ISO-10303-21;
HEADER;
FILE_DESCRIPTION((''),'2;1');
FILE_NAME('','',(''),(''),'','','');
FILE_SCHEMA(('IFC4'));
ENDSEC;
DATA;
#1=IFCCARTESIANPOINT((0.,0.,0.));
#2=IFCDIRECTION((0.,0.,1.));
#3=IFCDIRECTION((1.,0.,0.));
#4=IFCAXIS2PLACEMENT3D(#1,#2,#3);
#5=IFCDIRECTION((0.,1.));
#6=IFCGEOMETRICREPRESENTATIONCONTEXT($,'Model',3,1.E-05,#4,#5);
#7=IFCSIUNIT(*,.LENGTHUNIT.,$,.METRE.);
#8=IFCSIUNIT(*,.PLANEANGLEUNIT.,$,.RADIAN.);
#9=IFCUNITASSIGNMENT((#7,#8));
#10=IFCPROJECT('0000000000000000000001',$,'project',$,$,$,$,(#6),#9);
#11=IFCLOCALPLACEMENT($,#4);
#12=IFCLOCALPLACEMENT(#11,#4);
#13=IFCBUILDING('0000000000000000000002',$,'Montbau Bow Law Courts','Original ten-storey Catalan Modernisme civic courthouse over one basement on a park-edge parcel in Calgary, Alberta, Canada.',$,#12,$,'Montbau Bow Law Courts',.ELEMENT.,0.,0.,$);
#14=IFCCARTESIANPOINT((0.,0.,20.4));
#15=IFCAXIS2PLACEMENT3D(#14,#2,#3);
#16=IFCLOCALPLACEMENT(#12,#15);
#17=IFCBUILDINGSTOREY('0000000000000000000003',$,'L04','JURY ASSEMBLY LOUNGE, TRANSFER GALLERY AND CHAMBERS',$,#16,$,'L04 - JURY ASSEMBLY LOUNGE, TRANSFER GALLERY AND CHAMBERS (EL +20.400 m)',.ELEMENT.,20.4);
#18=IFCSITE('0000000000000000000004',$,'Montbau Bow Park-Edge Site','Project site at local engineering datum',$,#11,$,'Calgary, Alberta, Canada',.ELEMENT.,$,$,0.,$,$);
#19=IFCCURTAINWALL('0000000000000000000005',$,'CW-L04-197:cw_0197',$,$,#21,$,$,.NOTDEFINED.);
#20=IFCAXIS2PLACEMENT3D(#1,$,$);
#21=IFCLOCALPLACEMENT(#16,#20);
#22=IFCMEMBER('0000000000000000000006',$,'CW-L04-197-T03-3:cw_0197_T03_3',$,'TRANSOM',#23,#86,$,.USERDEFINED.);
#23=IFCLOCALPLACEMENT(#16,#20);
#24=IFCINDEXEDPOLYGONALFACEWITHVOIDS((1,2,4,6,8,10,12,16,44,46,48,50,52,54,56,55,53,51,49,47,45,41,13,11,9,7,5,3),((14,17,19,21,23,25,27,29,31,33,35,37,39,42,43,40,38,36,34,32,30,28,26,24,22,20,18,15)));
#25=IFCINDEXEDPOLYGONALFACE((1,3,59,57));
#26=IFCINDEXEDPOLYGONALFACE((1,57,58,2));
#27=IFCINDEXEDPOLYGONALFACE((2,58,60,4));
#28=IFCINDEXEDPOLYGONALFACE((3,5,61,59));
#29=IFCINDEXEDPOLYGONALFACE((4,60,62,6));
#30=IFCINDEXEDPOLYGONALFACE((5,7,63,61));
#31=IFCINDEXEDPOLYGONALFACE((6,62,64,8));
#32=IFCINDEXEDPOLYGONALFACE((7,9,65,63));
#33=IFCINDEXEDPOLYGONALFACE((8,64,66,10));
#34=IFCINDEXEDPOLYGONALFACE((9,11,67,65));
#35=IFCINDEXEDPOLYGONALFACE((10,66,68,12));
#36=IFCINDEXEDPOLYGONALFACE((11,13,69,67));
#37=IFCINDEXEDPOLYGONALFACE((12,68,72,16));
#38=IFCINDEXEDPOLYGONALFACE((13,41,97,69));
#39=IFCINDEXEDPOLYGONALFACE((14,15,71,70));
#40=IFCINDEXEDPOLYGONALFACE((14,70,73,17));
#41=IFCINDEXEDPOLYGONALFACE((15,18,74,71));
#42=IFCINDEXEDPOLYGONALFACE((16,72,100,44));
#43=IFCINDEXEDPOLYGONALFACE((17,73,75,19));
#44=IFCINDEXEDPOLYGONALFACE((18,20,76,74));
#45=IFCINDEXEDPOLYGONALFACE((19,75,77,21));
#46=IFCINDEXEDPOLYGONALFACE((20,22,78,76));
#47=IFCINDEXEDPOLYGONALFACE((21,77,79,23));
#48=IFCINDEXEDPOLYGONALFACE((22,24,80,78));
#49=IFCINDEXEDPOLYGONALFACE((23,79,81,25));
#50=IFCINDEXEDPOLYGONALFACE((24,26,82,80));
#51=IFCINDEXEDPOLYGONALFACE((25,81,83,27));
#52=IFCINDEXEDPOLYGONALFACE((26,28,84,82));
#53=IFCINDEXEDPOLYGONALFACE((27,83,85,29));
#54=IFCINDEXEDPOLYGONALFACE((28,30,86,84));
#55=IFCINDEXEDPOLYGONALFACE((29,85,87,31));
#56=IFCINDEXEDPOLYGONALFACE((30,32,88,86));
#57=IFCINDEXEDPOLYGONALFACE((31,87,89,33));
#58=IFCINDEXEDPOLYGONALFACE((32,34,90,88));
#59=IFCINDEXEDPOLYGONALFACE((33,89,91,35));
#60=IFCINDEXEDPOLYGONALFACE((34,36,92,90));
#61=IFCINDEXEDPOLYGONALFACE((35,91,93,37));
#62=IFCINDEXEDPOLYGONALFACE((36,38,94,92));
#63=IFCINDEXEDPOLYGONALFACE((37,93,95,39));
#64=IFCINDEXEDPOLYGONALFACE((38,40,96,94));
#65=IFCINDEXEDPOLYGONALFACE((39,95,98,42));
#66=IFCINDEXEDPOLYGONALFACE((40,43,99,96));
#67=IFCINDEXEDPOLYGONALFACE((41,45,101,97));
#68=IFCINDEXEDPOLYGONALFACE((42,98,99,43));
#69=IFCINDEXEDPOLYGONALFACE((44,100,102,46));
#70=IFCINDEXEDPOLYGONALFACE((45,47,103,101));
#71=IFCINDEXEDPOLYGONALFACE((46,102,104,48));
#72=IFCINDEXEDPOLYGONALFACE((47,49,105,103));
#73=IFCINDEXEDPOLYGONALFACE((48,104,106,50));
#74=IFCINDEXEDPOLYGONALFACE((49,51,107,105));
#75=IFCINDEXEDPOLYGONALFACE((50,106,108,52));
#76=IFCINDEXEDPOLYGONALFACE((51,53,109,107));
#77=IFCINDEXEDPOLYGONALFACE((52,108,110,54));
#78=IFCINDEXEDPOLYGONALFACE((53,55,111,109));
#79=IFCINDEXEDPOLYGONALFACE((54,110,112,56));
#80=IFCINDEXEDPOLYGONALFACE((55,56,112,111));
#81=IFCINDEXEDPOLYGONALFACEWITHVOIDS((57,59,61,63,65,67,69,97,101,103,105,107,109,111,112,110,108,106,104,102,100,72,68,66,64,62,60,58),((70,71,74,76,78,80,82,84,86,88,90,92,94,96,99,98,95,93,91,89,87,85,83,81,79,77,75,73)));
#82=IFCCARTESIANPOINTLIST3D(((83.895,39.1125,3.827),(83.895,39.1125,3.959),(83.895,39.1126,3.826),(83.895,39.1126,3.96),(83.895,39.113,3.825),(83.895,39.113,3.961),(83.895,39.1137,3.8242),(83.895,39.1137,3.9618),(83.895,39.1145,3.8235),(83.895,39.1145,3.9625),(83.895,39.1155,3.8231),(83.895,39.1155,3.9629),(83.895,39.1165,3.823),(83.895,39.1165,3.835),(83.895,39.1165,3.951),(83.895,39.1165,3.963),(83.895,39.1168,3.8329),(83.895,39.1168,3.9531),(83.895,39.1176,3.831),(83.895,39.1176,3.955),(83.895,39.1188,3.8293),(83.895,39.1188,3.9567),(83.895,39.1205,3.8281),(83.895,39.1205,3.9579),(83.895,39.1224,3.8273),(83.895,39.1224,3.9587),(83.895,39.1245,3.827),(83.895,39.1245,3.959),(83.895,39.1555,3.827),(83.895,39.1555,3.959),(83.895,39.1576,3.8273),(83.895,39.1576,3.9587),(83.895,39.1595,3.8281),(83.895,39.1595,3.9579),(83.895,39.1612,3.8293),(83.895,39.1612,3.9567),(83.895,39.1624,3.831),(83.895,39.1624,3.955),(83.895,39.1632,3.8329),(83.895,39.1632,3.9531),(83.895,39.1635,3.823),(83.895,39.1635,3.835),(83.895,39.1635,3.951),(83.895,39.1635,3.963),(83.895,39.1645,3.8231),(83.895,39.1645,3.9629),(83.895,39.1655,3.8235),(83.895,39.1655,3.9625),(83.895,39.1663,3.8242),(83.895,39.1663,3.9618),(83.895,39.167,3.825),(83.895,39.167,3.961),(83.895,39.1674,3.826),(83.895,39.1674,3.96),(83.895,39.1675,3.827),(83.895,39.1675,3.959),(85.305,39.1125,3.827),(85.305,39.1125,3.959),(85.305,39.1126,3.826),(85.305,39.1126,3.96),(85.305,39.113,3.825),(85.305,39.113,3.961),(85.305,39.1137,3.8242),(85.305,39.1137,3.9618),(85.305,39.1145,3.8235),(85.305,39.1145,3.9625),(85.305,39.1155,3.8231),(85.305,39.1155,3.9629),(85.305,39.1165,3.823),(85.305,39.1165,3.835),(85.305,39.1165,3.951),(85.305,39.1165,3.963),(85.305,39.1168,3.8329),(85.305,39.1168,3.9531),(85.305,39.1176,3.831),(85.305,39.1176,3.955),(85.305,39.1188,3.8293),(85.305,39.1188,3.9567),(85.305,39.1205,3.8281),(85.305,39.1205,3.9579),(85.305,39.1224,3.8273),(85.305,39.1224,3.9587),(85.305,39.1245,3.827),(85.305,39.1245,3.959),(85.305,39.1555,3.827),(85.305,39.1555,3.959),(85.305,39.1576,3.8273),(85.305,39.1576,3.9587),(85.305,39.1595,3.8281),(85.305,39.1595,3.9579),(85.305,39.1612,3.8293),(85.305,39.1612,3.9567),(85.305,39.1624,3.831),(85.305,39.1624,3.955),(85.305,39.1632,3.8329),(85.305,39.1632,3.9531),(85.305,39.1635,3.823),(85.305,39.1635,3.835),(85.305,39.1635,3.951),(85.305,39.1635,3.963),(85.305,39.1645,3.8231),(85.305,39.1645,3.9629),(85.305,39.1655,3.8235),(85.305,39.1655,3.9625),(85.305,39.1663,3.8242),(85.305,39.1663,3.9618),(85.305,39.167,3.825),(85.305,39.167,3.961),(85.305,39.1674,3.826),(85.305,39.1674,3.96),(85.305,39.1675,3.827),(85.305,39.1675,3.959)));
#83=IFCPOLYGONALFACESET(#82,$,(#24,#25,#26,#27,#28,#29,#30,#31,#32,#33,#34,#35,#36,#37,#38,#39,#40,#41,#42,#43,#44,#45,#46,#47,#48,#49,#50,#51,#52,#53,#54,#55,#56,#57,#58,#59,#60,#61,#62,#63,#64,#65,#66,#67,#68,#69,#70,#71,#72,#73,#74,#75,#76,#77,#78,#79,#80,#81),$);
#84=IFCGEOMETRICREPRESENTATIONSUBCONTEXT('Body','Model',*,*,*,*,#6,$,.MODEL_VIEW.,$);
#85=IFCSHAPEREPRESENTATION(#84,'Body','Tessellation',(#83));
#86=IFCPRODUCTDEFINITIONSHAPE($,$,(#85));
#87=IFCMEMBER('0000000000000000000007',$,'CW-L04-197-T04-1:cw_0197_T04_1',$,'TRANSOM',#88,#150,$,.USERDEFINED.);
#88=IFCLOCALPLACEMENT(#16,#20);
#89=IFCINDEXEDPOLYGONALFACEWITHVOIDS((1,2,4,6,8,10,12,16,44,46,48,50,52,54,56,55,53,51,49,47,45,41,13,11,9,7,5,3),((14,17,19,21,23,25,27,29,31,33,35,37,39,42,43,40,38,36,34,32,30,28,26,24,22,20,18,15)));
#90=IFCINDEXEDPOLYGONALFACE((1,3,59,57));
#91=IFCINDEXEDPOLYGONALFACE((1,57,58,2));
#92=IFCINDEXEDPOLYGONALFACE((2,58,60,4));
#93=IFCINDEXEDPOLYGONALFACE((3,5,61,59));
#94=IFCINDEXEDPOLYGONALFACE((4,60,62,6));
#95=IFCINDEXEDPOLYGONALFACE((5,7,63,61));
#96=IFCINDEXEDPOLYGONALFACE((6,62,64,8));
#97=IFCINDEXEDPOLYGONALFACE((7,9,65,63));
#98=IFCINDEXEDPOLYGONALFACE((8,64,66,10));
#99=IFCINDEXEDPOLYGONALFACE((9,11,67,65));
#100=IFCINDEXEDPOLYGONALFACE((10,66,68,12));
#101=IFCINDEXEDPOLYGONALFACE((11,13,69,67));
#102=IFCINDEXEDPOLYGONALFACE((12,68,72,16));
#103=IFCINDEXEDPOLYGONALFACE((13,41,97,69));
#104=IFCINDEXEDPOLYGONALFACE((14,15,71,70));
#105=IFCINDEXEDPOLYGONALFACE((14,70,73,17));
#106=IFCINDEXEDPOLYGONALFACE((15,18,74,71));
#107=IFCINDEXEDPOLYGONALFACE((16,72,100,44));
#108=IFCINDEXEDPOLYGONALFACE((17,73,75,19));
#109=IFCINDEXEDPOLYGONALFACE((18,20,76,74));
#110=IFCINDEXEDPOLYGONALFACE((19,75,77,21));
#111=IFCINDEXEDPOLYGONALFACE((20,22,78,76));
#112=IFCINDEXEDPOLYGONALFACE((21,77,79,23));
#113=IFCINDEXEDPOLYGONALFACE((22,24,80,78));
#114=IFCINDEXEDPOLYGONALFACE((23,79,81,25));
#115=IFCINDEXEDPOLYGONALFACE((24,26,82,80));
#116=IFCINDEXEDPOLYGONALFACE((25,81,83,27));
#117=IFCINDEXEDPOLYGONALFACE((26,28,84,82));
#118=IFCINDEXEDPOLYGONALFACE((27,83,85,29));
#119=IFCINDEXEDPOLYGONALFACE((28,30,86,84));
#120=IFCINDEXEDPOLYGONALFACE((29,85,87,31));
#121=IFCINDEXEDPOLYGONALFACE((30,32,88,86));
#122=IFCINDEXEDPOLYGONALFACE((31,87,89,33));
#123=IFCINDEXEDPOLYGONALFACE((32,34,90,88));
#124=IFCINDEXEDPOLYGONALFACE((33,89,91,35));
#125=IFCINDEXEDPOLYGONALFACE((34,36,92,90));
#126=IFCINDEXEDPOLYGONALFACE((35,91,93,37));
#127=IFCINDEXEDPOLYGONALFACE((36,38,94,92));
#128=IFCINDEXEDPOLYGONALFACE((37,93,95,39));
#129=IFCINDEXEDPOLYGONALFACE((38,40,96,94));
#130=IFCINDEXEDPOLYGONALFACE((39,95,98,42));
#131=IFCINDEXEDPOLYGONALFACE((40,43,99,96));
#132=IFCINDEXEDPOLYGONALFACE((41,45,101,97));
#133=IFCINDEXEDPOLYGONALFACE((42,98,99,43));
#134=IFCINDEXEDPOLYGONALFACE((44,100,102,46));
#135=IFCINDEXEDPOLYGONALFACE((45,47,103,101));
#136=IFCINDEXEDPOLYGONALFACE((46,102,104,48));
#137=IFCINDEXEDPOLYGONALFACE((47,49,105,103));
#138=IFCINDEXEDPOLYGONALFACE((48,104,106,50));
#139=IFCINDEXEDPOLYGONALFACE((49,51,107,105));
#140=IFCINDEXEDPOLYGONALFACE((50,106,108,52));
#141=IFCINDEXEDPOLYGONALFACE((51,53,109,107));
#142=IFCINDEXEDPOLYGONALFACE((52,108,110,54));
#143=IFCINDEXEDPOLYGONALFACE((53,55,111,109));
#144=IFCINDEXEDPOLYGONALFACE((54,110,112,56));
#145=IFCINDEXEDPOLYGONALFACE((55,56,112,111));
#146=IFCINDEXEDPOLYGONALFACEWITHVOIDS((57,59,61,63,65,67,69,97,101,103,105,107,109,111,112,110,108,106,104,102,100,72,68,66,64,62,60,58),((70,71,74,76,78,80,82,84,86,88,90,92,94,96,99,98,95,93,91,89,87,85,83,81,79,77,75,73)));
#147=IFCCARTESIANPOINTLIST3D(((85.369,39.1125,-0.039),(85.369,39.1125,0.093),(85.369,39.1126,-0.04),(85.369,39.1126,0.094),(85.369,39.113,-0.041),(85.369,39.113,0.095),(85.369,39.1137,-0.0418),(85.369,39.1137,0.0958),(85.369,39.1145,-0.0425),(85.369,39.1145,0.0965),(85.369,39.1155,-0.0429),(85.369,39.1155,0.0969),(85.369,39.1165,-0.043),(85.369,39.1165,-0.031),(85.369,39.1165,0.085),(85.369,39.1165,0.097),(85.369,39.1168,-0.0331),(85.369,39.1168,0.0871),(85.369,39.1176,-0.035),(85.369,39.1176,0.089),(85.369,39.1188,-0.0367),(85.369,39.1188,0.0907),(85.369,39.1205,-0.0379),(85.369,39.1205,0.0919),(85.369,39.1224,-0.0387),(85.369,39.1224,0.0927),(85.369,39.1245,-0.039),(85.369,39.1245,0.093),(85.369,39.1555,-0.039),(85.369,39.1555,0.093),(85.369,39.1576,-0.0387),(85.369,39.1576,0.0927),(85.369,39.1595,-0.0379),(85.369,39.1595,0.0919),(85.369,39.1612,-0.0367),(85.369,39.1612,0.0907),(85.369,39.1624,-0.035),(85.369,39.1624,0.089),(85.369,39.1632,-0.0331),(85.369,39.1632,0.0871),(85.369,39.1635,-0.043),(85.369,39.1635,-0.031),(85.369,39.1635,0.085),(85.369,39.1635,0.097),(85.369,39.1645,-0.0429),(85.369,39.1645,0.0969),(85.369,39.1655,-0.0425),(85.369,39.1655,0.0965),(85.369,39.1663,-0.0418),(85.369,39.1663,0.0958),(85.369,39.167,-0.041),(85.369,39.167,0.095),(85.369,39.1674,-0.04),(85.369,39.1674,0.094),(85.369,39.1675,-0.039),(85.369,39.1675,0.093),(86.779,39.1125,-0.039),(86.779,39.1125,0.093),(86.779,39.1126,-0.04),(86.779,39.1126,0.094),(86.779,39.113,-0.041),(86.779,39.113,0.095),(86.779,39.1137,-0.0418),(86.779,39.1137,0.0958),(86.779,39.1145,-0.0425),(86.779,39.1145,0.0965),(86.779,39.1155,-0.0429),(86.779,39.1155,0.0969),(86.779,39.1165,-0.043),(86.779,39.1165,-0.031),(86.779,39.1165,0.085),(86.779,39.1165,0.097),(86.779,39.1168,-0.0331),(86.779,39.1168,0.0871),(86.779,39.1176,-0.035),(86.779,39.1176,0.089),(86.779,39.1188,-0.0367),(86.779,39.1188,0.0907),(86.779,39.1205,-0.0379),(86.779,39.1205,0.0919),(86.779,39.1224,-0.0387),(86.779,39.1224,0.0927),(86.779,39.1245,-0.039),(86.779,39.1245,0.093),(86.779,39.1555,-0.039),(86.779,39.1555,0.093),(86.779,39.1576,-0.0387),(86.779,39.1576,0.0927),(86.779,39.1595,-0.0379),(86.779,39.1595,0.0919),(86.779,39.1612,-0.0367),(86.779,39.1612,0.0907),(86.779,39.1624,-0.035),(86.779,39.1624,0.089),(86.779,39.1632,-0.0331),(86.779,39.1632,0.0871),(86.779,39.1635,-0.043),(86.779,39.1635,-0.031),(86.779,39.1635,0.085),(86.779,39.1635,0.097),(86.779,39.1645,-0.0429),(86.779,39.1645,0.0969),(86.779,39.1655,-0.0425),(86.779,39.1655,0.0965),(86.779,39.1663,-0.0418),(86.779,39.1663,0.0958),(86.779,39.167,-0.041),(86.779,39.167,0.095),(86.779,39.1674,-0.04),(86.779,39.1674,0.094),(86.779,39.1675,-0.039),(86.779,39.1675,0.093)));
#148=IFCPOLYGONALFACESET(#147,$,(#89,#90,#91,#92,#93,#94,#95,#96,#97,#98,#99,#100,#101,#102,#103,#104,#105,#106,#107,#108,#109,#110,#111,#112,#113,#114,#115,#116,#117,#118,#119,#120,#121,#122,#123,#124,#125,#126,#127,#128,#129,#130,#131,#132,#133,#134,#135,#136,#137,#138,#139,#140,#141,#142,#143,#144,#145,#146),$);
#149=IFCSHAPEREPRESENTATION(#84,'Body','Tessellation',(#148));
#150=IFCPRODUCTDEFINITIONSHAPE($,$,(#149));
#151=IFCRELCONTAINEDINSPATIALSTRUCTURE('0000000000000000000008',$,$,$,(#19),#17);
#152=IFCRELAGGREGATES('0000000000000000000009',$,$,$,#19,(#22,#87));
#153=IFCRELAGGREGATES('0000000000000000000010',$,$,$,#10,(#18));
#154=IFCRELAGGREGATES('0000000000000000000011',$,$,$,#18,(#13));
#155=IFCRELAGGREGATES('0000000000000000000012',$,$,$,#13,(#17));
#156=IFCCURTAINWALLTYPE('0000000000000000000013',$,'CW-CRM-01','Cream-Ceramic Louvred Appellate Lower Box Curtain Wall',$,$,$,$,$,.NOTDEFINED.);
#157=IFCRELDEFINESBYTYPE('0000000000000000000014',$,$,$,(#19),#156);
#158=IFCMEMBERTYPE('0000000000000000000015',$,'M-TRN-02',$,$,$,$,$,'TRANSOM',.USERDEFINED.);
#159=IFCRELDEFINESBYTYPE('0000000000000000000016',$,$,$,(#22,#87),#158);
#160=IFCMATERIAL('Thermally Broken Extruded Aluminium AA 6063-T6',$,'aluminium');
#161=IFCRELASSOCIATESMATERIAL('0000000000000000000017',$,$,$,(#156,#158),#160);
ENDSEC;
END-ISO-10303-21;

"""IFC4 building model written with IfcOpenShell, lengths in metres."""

from ifc_helpers import new_model, si_unit, direction, frame, origin_with_axes, origin_2d_with_axis, place, context, subcontext, project, spatial, hollow_rectangle, extrude, material, material_profile, profile_set, type_object, element, aggregate, save


model = new_model("IFC4")

# Units and contexts
model_context = context("Model", 3, precision=1e-05, world=origin_with_axes(), true_north=direction((0.0, 1.0)))
body_context = subcontext(model_context, "Body", "Model", "MODEL_VIEW")
ifc_project = project(units=[si_unit("LENGTHUNIT", "METRE"), si_unit("PLANEANGLEUNIT", "RADIAN")], contexts=[model_context])

# Site, building, storey
site_placement = place(None, origin_with_axes())
site = spatial("IfcSite", under=ifc_project, at=site_placement, Name="Montbau Bow Park-Edge Site", Description="Project site at local engineering datum", LongName="Calgary, Alberta, Canada", CompositionType="ELEMENT", RefElevation=0.0)
building_placement = place(site_placement, origin_with_axes())
building = spatial("IfcBuilding", under=site, at=building_placement, Name="Montbau Bow Law Courts", Description="Original ten-storey Catalan Modernisme civic courthouse over one basement on a park-edge parcel in Calgary, Alberta, Canada.", LongName="Montbau Bow Law Courts", CompositionType="ELEMENT", ElevationOfRefHeight=0.0, ElevationOfTerrain=0.0)
storey_placement = place(building_placement, frame((0.0, 0.0, 20.4), z_axis=(0.0, 0.0, 1.0), x_axis=(1.0, 0.0, 0.0)))
storey = spatial("IfcBuildingStorey", under=building, at=storey_placement, Name="L04", Description="JURY ASSEMBLY LOUNGE, TRANSFER GALLERY AND CHAMBERS", LongName="L04 - JURY ASSEMBLY LOUNGE, TRANSFER GALLERY AND CHAMBERS (EL +20.400 m)", CompositionType="ELEMENT", Elevation=20.4)

# Curtain wall, members
ifc_material_1 = material(Name="Thermally Broken Extruded Aluminium AA 6063-T6", Category="aluminium")
curtain_wall_type = type_object("IfcCurtainWallType", Name="CW-CRM-01", Description="Cream-Ceramic Louvred Appellate Lower Box Curtain Wall", PredefinedType="NOTDEFINED", material=ifc_material_1)
curtain_wall_placement = place(None, frame((80.915, 39.14, 20.4), z_axis=(0.0, 0.0, 1.0), x_axis=(1.0, 0.0, 0.0)))
curtain_wall = element("IfcCurtainWall", 1, at=curtain_wall_placement, inside=storey, type_object=curtain_wall_type, Name="CW-L04-197:cw_0197", PredefinedType="NOTDEFINED")
ifc_material_profile_1 = material_profile(ifc_material_1, hollow_rectangle(XDim=0.055, YDim=0.14, WallThickness=0.004, InnerFilletRadius=0.008, OuterFilletRadius=0.004, at=origin_2d_with_axis()), Name="CWT-140X55", Category="Main", Priority=0)
ifc_profile_set_1 = profile_set([ifc_material_profile_1], Name="Thermally Broken Extruded Aluminium AA 6063-T6")
member_type_1 = type_object("IfcMemberType", Name="M-TRN-02", ElementType="TRANSOM", PredefinedType="USERDEFINED", material=ifc_profile_set_1)
member_1_placement = place(None, frame((83.895, 39.14, 24.293), z_axis=(1.0, 0.0, 0.0), x_axis=(0.0, 1.0, 0.0)))
member_1 = element("IfcMember", 2, at=member_1_placement, type_object=member_type_1, Name="CW-L04-197-T03-3:cw_0197_T03_3", ObjectType="TRANSOM", PredefinedType="USERDEFINED", context=body_context, shape_type="SweptSolid", body=[
    extrude(hollow_rectangle(XDim=0.055, YDim=0.14, WallThickness=0.004, InnerFilletRadius=0.008, OuterFilletRadius=0.004, at=origin_2d_with_axis()), origin_with_axes(), (0.0, 0.0, 1.0), 1.41),
])
member_2_placement = place(None, frame((85.369, 39.14, 20.427), z_axis=(1.0, 0.0, 0.0), x_axis=(0.0, 1.0, 0.0)))
member_2 = element("IfcMember", 3, at=member_2_placement, type_object=member_type_1, Name="CW-L04-197-T04-1:cw_0197_T04_1", ObjectType="TRANSOM", PredefinedType="USERDEFINED", context=body_context, shape_type="SweptSolid", body=[
    extrude(hollow_rectangle(XDim=0.055, YDim=0.14, WallThickness=0.004, InnerFilletRadius=0.008, OuterFilletRadius=0.004, at=origin_2d_with_axis()), origin_with_axes(), (0.0, 0.0, 1.0), 1.41),
])
aggregate(curtain_wall, [member_1, member_2])

save(model, "model.ifc")
